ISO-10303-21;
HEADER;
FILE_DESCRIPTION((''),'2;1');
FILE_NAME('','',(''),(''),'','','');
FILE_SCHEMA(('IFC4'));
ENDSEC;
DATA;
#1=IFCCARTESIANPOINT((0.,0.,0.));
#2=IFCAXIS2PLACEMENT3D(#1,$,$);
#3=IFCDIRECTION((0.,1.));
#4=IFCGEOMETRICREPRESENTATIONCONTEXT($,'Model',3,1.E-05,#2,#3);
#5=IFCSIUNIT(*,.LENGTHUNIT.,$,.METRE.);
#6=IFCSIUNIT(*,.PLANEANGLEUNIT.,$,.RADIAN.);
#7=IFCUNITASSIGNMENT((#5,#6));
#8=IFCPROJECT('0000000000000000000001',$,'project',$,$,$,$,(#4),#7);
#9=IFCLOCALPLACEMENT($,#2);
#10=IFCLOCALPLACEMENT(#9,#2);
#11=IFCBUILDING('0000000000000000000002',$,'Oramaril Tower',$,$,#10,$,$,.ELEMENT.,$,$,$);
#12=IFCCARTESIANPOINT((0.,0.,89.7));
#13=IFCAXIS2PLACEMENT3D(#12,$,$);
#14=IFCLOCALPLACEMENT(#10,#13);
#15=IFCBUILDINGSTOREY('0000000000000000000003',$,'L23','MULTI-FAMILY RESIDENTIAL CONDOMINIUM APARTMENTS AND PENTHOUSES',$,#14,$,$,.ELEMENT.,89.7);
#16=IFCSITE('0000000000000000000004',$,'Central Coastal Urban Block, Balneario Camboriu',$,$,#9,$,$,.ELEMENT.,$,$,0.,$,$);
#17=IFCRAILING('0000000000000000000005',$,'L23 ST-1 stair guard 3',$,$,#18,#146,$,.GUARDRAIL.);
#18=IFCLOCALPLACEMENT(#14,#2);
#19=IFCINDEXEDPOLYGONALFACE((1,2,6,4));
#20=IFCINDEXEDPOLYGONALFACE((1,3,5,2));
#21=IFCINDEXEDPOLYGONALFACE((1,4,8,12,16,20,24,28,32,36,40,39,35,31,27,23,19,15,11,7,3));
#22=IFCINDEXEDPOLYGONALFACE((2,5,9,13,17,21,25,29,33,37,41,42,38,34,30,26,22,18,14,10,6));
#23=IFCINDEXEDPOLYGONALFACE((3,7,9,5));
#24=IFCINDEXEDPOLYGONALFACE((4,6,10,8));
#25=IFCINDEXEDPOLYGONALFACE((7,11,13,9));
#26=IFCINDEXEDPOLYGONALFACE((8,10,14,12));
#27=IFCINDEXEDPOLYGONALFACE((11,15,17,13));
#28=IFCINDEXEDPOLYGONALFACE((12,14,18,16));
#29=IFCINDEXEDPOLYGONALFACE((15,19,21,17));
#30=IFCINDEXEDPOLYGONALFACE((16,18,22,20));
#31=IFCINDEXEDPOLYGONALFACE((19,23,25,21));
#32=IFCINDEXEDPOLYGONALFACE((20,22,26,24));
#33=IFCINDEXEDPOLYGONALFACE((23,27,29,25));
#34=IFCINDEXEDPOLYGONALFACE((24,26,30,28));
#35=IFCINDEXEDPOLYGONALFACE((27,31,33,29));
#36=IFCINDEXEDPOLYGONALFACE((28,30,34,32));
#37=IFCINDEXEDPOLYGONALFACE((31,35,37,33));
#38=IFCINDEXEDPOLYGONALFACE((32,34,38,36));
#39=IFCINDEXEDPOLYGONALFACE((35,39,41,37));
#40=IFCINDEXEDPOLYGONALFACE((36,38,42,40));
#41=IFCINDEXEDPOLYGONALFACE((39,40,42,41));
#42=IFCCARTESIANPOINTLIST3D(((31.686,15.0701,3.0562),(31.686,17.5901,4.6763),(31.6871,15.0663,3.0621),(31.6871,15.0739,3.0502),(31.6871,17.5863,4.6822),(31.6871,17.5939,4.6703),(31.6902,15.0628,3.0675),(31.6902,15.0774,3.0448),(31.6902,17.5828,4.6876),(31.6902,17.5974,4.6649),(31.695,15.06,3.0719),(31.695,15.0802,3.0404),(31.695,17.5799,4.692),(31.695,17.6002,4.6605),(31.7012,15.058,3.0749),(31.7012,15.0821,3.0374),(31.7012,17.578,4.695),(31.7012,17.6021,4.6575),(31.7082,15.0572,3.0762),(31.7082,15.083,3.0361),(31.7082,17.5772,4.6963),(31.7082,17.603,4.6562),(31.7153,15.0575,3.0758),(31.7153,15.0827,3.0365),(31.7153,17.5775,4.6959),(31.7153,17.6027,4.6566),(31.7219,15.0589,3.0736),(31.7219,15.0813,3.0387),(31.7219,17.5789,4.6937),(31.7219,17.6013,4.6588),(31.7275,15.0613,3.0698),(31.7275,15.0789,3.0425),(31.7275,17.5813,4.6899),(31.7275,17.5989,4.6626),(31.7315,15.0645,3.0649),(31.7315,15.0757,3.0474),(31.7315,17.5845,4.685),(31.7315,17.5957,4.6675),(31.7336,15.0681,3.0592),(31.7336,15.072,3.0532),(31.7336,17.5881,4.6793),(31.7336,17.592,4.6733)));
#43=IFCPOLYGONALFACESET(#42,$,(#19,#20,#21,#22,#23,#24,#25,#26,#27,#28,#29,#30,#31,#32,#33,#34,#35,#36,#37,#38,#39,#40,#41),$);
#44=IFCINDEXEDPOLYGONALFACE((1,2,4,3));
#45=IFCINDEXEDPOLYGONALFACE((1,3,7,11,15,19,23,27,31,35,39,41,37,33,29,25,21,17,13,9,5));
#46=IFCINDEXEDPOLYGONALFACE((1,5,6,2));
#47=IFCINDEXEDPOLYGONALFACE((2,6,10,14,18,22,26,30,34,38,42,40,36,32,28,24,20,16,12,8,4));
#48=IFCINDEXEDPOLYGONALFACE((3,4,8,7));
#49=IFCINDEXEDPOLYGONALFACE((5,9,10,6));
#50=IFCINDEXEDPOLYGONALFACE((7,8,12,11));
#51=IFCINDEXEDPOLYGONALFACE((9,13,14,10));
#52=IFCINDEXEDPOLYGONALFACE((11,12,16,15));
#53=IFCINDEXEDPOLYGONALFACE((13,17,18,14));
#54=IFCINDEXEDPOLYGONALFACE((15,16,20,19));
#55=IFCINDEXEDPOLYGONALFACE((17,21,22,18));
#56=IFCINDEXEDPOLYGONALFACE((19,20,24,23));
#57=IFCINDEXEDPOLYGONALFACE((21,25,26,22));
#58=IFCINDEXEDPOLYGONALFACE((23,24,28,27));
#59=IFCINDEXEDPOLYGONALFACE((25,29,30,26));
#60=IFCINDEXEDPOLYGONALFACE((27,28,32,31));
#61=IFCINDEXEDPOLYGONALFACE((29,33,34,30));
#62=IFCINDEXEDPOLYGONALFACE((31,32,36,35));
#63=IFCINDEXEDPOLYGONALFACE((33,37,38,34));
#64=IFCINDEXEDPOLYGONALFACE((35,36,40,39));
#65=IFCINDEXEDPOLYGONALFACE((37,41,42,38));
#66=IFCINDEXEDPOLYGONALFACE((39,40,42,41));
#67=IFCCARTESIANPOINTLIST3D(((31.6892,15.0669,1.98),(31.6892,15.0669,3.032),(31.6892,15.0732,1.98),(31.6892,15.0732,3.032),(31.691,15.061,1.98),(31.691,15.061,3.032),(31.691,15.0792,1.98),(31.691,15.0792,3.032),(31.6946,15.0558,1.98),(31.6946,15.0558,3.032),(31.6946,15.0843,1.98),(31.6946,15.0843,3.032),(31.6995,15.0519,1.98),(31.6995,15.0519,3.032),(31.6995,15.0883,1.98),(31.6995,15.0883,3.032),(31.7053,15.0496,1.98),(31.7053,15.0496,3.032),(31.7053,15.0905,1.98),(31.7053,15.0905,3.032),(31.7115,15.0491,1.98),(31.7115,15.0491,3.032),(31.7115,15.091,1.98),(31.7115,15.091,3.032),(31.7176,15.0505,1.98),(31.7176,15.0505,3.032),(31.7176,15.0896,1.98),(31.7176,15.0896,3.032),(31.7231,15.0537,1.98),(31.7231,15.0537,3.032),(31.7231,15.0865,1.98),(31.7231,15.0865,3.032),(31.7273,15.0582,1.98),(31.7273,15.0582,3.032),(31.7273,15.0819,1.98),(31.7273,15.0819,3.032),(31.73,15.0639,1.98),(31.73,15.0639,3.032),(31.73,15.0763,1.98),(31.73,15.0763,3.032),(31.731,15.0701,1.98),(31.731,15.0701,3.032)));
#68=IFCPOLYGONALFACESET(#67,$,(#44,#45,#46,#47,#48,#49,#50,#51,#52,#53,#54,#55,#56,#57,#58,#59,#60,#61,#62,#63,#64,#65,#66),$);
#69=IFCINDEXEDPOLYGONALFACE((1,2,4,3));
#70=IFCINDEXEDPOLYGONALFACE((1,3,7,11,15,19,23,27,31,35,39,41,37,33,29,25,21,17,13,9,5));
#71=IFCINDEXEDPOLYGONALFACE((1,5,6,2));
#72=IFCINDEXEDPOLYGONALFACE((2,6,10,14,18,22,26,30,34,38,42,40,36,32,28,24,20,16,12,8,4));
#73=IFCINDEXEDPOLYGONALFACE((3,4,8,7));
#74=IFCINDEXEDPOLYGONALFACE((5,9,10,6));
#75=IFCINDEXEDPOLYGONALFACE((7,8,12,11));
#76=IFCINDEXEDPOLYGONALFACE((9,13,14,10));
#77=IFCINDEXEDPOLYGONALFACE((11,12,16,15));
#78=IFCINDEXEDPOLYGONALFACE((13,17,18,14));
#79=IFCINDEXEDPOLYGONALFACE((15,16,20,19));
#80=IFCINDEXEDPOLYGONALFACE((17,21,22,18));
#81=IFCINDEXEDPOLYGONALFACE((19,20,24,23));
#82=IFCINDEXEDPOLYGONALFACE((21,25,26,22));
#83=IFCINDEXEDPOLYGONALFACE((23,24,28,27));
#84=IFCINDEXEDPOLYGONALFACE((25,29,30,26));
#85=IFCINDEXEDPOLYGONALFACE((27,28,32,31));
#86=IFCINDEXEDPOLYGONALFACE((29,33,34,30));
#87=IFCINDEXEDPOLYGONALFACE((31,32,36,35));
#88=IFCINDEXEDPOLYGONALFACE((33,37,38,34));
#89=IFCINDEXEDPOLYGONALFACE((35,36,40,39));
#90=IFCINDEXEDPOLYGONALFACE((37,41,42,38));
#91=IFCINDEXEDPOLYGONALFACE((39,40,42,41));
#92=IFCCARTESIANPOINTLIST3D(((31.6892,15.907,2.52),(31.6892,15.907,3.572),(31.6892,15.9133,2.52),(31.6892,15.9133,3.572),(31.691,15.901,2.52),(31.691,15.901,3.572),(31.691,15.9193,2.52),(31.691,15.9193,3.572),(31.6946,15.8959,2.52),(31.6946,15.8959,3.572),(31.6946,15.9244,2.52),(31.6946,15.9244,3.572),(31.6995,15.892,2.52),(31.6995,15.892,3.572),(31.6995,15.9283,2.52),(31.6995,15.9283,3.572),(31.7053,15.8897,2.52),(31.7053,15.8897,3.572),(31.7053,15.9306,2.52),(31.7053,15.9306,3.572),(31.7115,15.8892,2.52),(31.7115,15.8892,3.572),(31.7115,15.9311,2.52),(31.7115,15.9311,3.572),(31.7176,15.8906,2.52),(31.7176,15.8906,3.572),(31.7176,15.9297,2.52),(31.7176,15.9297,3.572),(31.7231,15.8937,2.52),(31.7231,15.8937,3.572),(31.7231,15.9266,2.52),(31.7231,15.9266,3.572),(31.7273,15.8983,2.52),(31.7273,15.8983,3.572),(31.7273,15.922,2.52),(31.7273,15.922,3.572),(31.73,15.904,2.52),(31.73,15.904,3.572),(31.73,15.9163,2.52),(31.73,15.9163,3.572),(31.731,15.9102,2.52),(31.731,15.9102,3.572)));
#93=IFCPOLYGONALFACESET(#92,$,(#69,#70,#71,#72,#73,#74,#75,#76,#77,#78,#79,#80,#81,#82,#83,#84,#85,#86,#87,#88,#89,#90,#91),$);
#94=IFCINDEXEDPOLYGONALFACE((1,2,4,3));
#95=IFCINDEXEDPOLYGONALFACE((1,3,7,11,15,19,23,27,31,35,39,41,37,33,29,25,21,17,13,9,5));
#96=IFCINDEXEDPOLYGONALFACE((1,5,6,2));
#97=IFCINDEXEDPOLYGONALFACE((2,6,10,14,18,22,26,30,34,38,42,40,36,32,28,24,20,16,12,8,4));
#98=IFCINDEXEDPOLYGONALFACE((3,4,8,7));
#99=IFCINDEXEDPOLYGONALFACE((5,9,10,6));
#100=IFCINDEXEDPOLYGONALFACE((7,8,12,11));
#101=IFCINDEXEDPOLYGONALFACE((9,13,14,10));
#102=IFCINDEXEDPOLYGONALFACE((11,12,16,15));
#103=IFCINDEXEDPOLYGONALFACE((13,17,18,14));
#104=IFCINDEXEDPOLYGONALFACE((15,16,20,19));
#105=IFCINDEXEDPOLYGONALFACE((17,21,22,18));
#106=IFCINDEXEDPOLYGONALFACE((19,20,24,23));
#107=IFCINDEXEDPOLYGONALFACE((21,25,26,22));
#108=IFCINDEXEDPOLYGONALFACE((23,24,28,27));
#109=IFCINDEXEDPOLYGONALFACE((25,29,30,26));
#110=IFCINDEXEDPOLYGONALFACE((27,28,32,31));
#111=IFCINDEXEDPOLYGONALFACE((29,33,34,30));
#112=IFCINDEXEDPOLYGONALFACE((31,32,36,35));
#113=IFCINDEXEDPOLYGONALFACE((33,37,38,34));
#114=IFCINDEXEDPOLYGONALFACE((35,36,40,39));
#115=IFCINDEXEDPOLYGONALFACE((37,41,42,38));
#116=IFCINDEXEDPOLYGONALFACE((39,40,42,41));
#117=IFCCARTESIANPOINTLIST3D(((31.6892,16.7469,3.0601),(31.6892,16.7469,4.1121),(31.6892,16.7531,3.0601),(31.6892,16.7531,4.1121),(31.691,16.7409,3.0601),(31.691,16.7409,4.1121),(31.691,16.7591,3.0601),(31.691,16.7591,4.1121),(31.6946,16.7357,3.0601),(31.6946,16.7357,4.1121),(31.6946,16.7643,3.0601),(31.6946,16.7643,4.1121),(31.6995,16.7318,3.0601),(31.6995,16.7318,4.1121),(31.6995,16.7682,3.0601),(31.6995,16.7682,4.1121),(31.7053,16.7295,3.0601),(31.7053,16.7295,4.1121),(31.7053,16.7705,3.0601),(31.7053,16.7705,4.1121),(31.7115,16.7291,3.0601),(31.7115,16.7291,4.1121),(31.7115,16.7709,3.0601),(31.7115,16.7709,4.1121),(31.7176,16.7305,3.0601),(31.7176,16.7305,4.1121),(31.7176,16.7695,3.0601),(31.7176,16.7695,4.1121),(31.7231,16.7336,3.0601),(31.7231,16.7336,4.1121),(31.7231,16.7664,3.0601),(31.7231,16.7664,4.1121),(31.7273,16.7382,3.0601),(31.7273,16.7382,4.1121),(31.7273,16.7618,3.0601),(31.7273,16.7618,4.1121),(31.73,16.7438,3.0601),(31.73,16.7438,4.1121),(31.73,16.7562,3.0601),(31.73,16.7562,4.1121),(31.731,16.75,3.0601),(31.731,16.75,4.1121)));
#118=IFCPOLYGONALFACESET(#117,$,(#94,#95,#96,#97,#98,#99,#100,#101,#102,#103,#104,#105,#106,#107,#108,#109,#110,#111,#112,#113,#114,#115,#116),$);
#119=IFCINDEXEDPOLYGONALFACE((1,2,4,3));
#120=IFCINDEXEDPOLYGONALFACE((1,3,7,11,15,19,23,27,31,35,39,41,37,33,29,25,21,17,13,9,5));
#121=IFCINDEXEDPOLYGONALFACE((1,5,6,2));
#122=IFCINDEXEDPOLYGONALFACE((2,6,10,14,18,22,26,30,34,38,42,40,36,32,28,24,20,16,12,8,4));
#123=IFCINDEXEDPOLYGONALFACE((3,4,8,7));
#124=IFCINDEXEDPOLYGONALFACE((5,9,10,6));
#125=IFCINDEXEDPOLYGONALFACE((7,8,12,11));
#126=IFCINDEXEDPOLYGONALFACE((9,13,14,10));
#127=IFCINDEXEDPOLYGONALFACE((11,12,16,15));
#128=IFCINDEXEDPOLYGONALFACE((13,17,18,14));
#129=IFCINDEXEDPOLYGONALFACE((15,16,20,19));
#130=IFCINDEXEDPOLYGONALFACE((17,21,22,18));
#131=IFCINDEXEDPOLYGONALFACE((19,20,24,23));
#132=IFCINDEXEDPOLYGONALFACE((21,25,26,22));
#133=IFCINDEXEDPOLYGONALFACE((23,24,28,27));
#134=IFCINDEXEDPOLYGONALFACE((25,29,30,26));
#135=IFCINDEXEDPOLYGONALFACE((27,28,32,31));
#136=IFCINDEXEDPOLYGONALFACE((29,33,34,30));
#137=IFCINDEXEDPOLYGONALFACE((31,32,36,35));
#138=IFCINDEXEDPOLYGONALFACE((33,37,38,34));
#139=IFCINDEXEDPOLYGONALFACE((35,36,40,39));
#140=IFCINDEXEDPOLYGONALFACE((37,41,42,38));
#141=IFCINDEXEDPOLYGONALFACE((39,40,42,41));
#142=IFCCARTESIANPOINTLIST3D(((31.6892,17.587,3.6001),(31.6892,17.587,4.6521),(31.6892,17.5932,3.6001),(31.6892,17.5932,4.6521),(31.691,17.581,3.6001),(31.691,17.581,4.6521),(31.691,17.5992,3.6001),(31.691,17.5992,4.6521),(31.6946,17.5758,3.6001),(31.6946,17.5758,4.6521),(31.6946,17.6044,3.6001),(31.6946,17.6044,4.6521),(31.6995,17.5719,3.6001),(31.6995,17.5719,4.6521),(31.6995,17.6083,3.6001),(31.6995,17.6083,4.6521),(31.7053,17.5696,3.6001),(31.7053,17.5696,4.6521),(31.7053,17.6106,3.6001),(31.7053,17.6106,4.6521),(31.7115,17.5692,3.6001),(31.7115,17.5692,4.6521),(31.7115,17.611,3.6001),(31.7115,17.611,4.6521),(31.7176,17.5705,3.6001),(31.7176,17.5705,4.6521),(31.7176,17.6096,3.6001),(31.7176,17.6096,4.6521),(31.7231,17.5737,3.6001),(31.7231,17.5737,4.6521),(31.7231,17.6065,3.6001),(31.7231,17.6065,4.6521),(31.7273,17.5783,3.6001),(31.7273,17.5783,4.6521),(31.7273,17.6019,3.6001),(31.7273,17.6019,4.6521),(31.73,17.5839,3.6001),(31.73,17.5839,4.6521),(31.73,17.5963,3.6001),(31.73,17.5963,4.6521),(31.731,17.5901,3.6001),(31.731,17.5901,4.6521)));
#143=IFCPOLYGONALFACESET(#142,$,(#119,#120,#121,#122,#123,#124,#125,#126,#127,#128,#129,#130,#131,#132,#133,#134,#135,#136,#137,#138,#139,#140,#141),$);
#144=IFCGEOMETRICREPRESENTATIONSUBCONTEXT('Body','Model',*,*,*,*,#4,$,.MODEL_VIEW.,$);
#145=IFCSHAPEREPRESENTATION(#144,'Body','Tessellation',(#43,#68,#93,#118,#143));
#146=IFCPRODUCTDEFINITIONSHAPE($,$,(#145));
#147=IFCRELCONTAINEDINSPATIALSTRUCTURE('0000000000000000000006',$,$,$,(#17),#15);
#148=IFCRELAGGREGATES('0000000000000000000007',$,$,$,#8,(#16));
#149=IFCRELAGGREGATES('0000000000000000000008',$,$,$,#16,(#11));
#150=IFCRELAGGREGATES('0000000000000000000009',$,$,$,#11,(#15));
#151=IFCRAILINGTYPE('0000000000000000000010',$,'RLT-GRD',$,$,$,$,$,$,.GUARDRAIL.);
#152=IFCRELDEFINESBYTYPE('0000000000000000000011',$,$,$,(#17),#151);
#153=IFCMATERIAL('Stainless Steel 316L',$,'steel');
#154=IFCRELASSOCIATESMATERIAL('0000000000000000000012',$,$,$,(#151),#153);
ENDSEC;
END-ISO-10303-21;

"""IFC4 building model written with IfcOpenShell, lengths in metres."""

from ifc_helpers import new_model, si_unit, direction, frame, origin, origin_2d, place, context, subcontext, project, spatial, circle, extrude, material, type_object, element, save


model = new_model("IFC4")

# Units and contexts
model_context = context("Model", 3, precision=1e-05, world=origin(), true_north=direction((0.0, 1.0)))
body_context = subcontext(model_context, "Body", "Model", "MODEL_VIEW")
ifc_project = project(units=[si_unit("LENGTHUNIT", "METRE"), si_unit("PLANEANGLEUNIT", "RADIAN")], contexts=[model_context])

# Site, building, storey
site_placement = place(None, origin())
site = spatial("IfcSite", under=ifc_project, at=site_placement, Name="Central Coastal Urban Block, Balneario Camboriu", CompositionType="ELEMENT", RefElevation=0.0)
building_placement = place(site_placement, origin())
building = spatial("IfcBuilding", under=site, at=building_placement, Name="Oramaril Tower", CompositionType="ELEMENT")
storey_placement = place(building_placement, frame((0.0, 0.0, 89.7)))
storey = spatial("IfcBuildingStorey", under=building, at=storey_placement, Name="L23", Description="MULTI-FAMILY RESIDENTIAL CONDOMINIUM APARTMENTS AND PENTHOUSES", CompositionType="ELEMENT", Elevation=89.7)

# Railing
ifc_material_1 = material(Name="Stainless Steel 316L", Category="steel")
railing_type_1 = type_object("IfcRailingType", Name="RLT-GRD", PredefinedType="GUARDRAIL", material=ifc_material_1)
railing_1_placement = place(storey_placement, frame((31.71, 15.0701, 1.98)))
element("IfcRailing", 1, at=railing_1_placement, inside=storey, type_object=railing_type_1, Name="L23 ST-1 stair guard 3", PredefinedType="GUARDRAIL", context=body_context, shape_type="SweptSolid", body=[
    extrude(circle(Radius=0.0239, at=origin_2d()), frame((0.0, 0.0, 1.0762), z_axis=(0.0, 0.841163, 0.540782), x_axis=(-1.0, 0.0, 0.0)), (0.0, 0.0, 1.0), 2.9958),
    extrude(circle(Radius=0.021, at=origin_2d()), origin(), (0.0, 0.0, 1.0), 1.052),
    extrude(circle(Radius=0.021, at=origin_2d()), frame((0.0, 0.8401, 0.54)), (0.0, 0.0, 1.0), 1.052),
    extrude(circle(Radius=0.021, at=origin_2d()), frame((0.0, 1.6799, 1.0801)), (0.0, 0.0, 1.0), 1.052),
    extrude(circle(Radius=0.021, at=origin_2d()), frame((0.0, 2.52, 1.6201)), (0.0, 0.0, 1.0), 1.052),
])

save(model, "model.ifc")
